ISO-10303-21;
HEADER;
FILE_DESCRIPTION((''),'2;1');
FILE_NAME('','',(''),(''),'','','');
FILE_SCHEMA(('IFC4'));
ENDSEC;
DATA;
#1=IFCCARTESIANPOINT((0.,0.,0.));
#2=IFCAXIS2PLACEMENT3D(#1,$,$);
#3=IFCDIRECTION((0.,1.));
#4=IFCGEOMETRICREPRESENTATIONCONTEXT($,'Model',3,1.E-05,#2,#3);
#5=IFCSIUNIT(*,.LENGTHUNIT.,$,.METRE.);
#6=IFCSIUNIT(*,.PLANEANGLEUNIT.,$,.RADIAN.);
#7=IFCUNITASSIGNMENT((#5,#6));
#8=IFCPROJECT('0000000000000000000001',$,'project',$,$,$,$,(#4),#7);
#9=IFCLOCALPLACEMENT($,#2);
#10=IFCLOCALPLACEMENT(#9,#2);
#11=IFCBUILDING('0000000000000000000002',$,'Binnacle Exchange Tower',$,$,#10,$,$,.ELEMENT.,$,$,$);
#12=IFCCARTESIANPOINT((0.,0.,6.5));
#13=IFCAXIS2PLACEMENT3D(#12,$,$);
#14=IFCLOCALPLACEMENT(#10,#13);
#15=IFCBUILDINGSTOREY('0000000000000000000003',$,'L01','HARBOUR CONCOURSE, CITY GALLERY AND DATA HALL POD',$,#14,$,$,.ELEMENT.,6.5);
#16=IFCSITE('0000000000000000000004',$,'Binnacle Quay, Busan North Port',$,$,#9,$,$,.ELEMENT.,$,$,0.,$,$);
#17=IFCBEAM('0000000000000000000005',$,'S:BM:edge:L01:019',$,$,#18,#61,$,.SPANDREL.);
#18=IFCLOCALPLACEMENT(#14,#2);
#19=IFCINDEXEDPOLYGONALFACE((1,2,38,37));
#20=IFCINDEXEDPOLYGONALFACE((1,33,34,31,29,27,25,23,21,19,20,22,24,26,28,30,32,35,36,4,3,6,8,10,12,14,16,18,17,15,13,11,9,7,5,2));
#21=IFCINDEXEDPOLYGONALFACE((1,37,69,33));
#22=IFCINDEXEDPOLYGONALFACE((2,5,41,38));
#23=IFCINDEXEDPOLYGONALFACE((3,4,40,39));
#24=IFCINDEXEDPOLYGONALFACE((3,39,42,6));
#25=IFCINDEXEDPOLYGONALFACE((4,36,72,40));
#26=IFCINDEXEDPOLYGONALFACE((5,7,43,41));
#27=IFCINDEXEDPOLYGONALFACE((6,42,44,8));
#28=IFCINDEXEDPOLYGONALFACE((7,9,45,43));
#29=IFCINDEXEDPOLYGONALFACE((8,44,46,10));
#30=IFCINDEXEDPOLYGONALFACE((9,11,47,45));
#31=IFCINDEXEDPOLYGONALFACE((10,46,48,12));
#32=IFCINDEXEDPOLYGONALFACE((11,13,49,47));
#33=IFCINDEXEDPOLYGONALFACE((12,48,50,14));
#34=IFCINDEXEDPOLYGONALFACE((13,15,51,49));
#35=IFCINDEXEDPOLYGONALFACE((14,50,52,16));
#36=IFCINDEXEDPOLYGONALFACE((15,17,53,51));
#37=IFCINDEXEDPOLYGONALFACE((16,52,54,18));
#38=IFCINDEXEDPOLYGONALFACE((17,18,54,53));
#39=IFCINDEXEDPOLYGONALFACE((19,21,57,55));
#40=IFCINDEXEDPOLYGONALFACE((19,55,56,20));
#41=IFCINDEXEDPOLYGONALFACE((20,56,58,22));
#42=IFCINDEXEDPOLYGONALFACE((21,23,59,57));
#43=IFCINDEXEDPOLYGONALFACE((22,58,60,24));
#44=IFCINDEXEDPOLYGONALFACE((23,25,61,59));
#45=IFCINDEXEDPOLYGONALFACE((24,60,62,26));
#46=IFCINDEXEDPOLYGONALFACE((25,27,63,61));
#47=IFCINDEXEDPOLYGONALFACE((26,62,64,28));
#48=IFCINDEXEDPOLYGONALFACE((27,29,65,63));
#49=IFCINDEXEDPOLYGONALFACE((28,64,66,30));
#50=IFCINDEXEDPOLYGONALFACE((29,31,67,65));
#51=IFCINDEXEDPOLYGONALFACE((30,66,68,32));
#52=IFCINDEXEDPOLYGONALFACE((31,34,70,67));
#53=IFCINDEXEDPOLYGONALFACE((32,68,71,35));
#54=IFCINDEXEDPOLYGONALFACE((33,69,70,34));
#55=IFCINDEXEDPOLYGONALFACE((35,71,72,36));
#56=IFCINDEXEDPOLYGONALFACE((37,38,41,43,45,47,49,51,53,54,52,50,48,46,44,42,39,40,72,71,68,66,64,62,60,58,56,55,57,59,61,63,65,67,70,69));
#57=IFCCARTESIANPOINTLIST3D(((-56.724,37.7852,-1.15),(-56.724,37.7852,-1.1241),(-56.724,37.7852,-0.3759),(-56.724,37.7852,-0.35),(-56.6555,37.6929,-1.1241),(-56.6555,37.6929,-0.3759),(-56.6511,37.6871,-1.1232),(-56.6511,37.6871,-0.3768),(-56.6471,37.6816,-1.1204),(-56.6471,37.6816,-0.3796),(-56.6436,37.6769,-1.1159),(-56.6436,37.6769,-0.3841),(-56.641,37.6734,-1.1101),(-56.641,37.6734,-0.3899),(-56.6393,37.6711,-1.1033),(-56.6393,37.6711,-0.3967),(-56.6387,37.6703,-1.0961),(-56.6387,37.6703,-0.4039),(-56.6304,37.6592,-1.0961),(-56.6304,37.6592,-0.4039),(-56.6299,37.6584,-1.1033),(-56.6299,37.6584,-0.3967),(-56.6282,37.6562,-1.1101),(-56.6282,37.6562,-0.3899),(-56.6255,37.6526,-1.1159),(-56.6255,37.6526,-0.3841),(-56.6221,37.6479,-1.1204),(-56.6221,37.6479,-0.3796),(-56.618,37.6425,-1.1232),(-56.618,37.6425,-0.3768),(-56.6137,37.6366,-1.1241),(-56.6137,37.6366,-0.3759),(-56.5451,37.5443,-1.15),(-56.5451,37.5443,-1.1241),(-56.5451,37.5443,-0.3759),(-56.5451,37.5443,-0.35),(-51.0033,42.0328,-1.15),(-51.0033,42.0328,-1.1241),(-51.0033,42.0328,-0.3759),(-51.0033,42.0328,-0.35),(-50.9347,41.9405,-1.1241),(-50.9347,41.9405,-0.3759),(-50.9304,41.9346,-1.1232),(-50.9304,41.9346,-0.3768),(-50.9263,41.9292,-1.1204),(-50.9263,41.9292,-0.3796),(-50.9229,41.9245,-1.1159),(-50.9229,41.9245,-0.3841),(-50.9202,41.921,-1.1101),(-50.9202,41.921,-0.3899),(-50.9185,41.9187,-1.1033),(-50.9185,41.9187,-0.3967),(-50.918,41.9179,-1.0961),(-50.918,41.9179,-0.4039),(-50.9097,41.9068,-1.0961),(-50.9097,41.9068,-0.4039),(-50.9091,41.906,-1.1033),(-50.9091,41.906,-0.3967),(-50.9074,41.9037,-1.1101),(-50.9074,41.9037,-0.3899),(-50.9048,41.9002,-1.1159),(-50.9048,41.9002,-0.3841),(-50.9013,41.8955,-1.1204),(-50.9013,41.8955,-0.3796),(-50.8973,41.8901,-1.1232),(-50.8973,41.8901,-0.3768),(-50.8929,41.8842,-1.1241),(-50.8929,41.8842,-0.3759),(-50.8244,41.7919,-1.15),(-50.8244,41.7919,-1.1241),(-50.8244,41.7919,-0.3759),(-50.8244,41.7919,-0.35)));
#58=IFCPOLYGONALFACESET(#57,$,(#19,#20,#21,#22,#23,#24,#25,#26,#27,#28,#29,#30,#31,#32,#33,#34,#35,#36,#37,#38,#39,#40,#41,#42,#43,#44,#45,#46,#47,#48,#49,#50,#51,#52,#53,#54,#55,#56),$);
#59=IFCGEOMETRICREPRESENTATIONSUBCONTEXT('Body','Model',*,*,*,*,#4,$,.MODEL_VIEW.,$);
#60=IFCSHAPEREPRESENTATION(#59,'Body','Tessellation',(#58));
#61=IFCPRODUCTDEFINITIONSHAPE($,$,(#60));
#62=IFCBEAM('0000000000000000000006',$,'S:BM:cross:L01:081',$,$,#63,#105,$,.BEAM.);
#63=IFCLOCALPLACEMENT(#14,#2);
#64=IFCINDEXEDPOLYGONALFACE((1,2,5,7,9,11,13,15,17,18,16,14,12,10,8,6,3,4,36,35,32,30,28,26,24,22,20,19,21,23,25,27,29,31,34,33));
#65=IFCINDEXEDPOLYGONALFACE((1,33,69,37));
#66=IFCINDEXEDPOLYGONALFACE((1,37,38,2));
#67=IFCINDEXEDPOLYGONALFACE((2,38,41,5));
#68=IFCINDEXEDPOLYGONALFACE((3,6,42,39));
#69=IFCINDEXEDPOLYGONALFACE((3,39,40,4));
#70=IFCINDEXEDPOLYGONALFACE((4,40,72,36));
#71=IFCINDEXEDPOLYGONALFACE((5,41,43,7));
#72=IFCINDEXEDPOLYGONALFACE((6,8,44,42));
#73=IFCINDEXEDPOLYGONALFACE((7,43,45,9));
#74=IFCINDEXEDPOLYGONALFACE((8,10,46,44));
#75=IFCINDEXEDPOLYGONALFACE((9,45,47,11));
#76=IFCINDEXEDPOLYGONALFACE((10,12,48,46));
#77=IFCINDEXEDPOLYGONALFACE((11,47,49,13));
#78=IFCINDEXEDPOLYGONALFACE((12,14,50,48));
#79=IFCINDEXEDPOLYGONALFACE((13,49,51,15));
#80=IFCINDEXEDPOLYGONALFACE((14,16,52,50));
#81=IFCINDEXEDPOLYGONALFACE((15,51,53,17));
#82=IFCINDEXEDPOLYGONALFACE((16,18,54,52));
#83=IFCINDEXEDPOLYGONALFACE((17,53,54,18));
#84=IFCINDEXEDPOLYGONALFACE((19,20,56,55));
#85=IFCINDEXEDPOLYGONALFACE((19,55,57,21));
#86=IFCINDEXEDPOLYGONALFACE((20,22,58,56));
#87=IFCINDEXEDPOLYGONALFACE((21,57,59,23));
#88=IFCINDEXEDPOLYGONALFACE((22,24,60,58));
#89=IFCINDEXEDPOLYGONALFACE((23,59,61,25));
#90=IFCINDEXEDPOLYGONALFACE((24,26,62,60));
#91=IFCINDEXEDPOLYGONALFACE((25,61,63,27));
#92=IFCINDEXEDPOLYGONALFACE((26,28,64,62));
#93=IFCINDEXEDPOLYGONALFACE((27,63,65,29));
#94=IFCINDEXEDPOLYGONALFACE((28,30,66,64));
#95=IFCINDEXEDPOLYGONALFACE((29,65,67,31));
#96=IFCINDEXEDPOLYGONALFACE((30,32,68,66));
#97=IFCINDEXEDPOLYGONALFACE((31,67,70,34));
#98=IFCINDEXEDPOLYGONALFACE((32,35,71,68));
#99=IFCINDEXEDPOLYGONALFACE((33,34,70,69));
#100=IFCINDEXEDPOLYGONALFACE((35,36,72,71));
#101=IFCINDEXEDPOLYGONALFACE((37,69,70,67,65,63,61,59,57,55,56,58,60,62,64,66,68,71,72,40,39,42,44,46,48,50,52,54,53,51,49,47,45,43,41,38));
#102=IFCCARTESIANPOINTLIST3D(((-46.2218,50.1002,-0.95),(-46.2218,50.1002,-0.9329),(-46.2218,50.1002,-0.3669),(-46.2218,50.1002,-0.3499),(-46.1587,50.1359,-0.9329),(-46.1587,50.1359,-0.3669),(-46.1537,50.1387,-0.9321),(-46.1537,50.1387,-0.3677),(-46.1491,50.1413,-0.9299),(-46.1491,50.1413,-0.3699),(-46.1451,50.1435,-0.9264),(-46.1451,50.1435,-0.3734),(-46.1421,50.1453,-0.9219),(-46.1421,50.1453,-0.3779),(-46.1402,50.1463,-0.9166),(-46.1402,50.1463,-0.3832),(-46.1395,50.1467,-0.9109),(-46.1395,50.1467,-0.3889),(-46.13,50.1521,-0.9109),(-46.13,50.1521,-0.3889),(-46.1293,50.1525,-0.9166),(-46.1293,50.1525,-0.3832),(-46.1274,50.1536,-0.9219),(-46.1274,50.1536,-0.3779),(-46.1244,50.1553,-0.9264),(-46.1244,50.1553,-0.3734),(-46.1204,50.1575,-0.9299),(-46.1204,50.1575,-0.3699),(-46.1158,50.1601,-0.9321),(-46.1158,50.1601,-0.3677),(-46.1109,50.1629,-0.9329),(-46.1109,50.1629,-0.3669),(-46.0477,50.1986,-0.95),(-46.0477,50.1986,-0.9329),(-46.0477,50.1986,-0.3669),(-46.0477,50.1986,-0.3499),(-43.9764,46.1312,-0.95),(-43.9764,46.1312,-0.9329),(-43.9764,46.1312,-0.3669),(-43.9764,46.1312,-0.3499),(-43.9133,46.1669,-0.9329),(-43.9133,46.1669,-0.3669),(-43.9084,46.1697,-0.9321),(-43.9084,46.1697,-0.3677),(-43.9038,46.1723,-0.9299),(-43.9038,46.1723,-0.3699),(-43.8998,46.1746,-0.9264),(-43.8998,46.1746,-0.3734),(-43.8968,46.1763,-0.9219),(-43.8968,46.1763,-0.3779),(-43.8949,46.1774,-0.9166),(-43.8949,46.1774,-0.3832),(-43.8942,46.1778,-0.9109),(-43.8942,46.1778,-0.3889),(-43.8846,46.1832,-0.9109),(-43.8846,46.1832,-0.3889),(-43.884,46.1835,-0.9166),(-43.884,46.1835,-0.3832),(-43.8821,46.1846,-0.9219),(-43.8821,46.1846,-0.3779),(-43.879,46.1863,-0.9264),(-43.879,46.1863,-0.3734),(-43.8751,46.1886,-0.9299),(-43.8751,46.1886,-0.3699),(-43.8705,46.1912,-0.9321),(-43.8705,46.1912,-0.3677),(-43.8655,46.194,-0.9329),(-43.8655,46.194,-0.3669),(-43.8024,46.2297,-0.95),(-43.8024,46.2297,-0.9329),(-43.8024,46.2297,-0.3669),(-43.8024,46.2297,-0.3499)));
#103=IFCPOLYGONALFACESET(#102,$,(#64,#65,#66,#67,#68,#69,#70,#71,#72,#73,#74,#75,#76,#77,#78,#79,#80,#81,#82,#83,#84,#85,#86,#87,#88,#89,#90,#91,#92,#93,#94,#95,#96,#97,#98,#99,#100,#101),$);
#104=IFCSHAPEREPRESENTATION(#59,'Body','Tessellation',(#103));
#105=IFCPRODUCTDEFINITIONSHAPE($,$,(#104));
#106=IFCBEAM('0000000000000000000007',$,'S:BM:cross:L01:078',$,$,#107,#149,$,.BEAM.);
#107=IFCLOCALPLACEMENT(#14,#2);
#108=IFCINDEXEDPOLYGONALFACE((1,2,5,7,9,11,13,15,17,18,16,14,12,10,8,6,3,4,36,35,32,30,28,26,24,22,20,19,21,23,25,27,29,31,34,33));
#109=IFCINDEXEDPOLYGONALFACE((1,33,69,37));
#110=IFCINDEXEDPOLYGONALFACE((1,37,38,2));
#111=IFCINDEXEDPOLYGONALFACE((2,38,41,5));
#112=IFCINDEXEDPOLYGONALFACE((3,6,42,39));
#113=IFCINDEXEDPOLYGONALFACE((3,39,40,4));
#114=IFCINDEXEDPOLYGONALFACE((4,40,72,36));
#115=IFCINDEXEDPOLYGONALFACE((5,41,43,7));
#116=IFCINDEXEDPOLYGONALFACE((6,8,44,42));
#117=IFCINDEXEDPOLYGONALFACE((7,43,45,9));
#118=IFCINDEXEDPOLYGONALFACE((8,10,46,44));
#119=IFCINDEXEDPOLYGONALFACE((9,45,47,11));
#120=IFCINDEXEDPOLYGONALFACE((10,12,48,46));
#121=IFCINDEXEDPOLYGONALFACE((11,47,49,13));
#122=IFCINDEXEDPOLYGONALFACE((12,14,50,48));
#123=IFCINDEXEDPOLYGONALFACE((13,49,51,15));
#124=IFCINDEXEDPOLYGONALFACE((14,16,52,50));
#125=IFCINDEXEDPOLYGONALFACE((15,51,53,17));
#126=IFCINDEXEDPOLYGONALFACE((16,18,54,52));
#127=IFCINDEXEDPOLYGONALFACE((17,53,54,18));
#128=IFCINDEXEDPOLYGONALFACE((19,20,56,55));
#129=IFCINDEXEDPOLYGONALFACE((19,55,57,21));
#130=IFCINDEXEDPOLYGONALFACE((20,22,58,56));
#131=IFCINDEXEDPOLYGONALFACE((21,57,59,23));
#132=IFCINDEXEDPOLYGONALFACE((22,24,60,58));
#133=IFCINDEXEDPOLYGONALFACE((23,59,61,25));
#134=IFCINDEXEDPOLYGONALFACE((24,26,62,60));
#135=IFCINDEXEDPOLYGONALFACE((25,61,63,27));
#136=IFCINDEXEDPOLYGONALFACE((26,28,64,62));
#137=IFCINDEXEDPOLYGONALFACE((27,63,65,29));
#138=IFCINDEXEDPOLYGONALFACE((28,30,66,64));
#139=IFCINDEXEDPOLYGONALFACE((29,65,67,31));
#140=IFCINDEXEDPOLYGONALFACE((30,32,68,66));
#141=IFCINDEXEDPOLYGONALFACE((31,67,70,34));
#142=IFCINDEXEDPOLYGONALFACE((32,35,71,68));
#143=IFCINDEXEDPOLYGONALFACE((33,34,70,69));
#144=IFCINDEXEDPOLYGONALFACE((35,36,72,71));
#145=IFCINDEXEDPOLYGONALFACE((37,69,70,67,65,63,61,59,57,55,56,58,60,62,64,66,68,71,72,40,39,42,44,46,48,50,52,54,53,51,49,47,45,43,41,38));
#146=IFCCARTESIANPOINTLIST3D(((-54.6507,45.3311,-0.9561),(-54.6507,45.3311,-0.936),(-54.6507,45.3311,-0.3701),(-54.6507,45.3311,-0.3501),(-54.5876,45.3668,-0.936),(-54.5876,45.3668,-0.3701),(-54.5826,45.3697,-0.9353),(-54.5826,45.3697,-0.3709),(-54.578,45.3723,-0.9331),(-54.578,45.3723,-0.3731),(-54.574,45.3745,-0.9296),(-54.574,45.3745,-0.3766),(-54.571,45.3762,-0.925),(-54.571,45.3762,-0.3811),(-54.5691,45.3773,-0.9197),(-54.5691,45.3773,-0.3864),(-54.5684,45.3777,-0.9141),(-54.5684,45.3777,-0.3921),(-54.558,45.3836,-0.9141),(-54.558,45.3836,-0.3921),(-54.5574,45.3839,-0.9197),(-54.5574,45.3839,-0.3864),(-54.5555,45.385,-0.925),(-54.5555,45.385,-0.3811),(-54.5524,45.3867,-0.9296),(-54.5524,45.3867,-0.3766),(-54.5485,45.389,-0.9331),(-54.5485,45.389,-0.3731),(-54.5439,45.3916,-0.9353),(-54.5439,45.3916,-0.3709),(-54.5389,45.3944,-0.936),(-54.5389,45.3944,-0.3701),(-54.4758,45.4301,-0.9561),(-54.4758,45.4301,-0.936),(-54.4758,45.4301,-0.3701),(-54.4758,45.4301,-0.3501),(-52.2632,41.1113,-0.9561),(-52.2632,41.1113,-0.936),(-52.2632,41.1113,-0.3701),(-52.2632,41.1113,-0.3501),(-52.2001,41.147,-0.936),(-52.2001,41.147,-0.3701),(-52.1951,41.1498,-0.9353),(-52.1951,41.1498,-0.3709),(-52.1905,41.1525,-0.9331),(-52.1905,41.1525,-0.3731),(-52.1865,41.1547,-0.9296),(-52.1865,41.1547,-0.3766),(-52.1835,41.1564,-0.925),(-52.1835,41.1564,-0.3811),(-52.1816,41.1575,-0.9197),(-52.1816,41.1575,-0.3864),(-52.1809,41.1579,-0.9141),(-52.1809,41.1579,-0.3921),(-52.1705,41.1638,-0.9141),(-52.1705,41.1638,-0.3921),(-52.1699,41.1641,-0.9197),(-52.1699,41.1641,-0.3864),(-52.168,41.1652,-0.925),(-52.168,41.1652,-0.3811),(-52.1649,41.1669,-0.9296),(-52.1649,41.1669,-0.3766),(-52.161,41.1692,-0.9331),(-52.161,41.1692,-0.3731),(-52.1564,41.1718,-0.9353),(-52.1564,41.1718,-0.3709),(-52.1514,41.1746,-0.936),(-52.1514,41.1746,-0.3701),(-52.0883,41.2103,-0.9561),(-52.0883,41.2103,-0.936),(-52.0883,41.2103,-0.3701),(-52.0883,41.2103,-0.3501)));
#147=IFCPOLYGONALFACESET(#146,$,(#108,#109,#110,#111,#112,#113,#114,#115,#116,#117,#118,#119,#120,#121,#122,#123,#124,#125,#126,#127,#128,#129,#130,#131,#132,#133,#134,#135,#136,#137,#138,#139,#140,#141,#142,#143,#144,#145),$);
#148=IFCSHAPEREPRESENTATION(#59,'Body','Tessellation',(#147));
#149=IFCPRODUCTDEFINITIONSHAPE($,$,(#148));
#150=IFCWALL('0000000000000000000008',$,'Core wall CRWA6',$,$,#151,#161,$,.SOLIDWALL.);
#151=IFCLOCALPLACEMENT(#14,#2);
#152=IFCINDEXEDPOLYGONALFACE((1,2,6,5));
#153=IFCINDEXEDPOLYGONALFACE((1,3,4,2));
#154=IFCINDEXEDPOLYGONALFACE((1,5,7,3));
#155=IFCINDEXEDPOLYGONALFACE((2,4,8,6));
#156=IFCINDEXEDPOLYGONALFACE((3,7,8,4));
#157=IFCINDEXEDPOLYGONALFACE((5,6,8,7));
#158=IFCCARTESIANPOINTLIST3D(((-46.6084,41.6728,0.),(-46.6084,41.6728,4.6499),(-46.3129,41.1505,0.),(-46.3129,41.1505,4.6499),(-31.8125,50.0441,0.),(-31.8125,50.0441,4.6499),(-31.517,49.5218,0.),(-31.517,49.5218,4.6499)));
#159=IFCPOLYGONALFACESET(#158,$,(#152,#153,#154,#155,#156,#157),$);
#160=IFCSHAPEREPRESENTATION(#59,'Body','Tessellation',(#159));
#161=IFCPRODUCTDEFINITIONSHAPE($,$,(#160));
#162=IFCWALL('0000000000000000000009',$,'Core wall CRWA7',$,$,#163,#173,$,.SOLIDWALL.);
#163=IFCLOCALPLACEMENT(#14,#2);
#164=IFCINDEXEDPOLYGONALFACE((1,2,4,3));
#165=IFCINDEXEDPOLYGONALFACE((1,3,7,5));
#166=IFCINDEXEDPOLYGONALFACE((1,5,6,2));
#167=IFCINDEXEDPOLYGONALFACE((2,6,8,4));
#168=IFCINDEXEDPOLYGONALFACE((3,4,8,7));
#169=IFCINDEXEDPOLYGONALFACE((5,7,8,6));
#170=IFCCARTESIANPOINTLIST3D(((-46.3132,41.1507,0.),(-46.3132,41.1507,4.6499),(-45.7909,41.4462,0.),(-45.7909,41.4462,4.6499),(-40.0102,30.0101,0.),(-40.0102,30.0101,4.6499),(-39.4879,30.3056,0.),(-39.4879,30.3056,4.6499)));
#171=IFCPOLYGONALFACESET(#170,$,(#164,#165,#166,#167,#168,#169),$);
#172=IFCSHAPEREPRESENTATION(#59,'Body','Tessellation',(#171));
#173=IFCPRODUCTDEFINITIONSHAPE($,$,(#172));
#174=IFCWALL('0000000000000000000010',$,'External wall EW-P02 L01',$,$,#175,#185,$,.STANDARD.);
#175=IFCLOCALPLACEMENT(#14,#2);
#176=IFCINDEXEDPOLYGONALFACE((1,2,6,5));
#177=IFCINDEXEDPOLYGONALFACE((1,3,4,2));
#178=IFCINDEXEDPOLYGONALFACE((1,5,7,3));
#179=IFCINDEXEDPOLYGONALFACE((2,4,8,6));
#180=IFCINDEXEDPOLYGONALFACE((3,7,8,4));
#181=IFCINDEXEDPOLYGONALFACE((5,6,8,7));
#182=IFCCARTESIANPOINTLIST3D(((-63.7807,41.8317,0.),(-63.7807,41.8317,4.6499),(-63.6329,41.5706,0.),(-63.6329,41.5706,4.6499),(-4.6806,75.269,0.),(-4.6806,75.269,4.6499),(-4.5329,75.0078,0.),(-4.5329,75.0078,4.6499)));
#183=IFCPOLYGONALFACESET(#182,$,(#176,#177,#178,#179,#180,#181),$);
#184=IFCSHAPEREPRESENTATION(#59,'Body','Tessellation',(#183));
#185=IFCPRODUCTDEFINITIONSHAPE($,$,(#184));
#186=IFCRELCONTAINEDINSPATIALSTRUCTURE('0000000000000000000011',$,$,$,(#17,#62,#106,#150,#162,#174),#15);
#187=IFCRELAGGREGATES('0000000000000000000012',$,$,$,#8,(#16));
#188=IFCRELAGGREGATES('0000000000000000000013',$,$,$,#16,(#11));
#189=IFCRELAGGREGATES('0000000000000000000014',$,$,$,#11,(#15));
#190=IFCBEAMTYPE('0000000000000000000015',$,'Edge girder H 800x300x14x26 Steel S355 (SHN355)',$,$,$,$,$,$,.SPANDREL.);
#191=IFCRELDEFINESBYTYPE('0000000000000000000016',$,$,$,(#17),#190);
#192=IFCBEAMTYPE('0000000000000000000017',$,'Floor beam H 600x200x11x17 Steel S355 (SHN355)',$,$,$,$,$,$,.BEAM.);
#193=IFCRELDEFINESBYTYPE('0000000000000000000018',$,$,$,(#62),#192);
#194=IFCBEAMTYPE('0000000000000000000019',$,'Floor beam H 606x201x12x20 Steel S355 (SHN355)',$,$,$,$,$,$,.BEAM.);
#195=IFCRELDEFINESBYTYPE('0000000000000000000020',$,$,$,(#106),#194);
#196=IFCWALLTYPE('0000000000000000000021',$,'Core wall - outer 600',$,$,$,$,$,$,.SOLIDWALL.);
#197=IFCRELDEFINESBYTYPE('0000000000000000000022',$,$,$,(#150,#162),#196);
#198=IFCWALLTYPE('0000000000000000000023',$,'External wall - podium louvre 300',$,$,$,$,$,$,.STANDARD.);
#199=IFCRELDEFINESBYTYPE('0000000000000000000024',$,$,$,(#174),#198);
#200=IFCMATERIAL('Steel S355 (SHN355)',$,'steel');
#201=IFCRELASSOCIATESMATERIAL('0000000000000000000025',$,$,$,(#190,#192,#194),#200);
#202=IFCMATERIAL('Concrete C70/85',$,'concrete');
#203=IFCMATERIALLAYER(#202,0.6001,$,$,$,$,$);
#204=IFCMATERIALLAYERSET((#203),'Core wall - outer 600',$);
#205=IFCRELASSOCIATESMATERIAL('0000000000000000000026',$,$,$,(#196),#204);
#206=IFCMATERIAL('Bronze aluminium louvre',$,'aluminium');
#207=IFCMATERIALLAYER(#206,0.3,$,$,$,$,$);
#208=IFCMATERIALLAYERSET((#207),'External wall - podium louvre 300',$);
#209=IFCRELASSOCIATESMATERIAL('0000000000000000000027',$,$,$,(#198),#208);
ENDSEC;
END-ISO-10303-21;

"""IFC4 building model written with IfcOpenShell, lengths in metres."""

from ifc_helpers import new_model, si_unit, direction, frame, frame_2d, origin, origin_2d, place, context, subcontext, project, spatial, rectangle, i_section, extrude, material, layer, layer_set, material_profile, profile_set, type_object, element, save


model = new_model("IFC4")

# Units and contexts
model_context = context("Model", 3, precision=1e-05, world=origin(), true_north=direction((0.0, 1.0)))
body_context = subcontext(model_context, "Body", "Model", "MODEL_VIEW")
ifc_project = project(units=[si_unit("LENGTHUNIT", "METRE"), si_unit("PLANEANGLEUNIT", "RADIAN")], contexts=[model_context])

# Site, building, storey
site_placement = place(None, origin())
site = spatial("IfcSite", under=ifc_project, at=site_placement, Name="Binnacle Quay, Busan North Port", CompositionType="ELEMENT", RefElevation=0.0)
building_placement = place(site_placement, origin())
building = spatial("IfcBuilding", under=site, at=building_placement, Name="Binnacle Exchange Tower", CompositionType="ELEMENT")
storey_placement = place(building_placement, frame((0.0, 0.0, 6.5)))
storey = spatial("IfcBuildingStorey", under=building, at=storey_placement, Name="L01", Description="HARBOUR CONCOURSE, CITY GALLERY AND DATA HALL POD", CompositionType="ELEMENT", Elevation=6.5)

# Shared definitions
ifc_material_1 = material(Name="Concrete C70/85", Category="concrete")

# Beams
ifc_material_2 = material(Name="Steel S355 (SHN355)", Category="steel")
ifc_material_profile_1 = material_profile(ifc_material_2, i_section(OverallWidth=0.3, OverallDepth=0.8, WebThickness=0.0139, FlangeThickness=0.0259, FilletRadius=0.0281, at=origin_2d()), Name="H 800x300x14x26")
ifc_profile_set_1 = profile_set([ifc_material_profile_1], Name="Steel S355 (SHN355)")
beam_type_1 = type_object("IfcBeamType", Name="Edge girder H 800x300x14x26 Steel S355 (SHN355)", PredefinedType="SPANDREL", material=ifc_profile_set_1)
beam_1_placement = place(storey_placement, frame((-50.9138, 41.9124, -0.75), z_axis=(-0.802885, -0.596133, 0.0), x_axis=(0.596133, -0.802885, 0.0)))
element("IfcBeam", 1, at=beam_1_placement, inside=storey, type_object=beam_type_1, Name="S:BM:edge:L01:019", PredefinedType="SPANDREL", context=body_context, shape_type="SweptSolid", body=[
    extrude(i_section(OverallWidth=0.3, OverallDepth=0.8, WebThickness=0.0139, FlangeThickness=0.0259, FilletRadius=0.0281, at=origin_2d()), origin(), (0.0, 0.0, 1.0), 7.1252),
])
ifc_material_profile_2 = material_profile(ifc_material_2, i_section(OverallWidth=0.2, OverallDepth=0.6001, WebThickness=0.011, FlangeThickness=0.0171, FilletRadius=0.022, at=origin_2d()), Name="H 600x200x11x17")
ifc_profile_set_2 = profile_set([ifc_material_profile_2], Name="Steel S355 (SHN355)")
beam_type_2 = type_object("IfcBeamType", Name="Floor beam H 600x200x11x17 Steel S355 (SHN355)", PredefinedType="BEAM", material=ifc_profile_set_2)
beam_2_placement = place(storey_placement, frame((-46.1348, 50.1494, -0.6499), z_axis=(0.492392, -0.870373, 0.0), x_axis=(0.870373, 0.492392, 0.0)))
element("IfcBeam", 2, at=beam_2_placement, inside=storey, type_object=beam_type_2, Name="S:BM:cross:L01:081", PredefinedType="BEAM", context=body_context, shape_type="SweptSolid", body=[
    extrude(i_section(OverallWidth=0.2, OverallDepth=0.6001, WebThickness=0.011, FlangeThickness=0.0171, FilletRadius=0.022, at=origin_2d()), origin(), (0.0, 0.0, 1.0), 4.5601),
])
ifc_material_profile_3 = material_profile(ifc_material_2, i_section(OverallWidth=0.2009, OverallDepth=0.606, WebThickness=0.012, FlangeThickness=0.02, FilletRadius=0.022, at=origin_2d()), Name="H 606x201x12x20")
ifc_profile_set_3 = profile_set([ifc_material_profile_3], Name="Steel S355 (SHN355)")
beam_type_3 = type_object("IfcBeamType", Name="Floor beam H 606x201x12x20 Steel S355 (SHN355)", PredefinedType="BEAM", material=ifc_profile_set_3)
beam_3_placement = place(storey_placement, frame((-54.5632, 45.3806, -0.6531), z_axis=(0.492431, -0.870352, 0.0), x_axis=(0.870352, 0.492431, 0.0)))
element("IfcBeam", 3, at=beam_3_placement, inside=storey, type_object=beam_type_3, Name="S:BM:cross:L01:078", PredefinedType="BEAM", context=body_context, shape_type="SweptSolid", body=[
    extrude(i_section(OverallWidth=0.2009, OverallDepth=0.606, WebThickness=0.012, FlangeThickness=0.02, FilletRadius=0.022, at=origin_2d()), origin(), (0.0, 0.0, 1.0), 4.8484),
])

# Walls
ifc_layer_1 = layer(ifc_material_1, 0.6001)
ifc_layer_set_1 = layer_set([ifc_layer_1], Name="Core wall - outer 600")
wall_type_1 = type_object("IfcWallType", Name="Core wall - outer 600", PredefinedType="SOLIDWALL", material=ifc_layer_set_1)
wall_1_placement = place(storey_placement, frame((-46.4607, 41.4116, 0.0), z_axis=(0.0, 0.0, 1.0), x_axis=(0.87035, 0.492433, 0.0)))
element("IfcWall", 4, at=wall_1_placement, inside=storey, type_object=wall_type_1, Name="Core wall CRWA6", PredefinedType="SOLIDWALL", context=body_context, shape_type="SweptSolid", body=[
    extrude(rectangle(XDim=17.0, YDim=0.6001, at=frame_2d((8.5, 0.0))), origin(), (0.0, 0.0, 1.0), 4.6499),
])
wall_2_placement = place(storey_placement, frame((-46.052, 41.2983, 0.0), z_axis=(0.0, 0.0, 1.0), x_axis=(0.492419, -0.870359, 0.0)))
element("IfcWall", 5, at=wall_2_placement, inside=storey, type_object=wall_type_1, Name="Core wall CRWA7", PredefinedType="SOLIDWALL", context=body_context, shape_type="SweptSolid", body=[
    extrude(rectangle(XDim=12.8, YDim=0.6001, at=frame_2d((6.3999, 0.0))), origin(), (0.0, 0.0, 1.0), 4.6499),
])
ifc_material_3 = material(Name="Bronze aluminium louvre", Category="aluminium")
ifc_layer_2 = layer(ifc_material_3, 0.3)
ifc_layer_set_2 = layer_set([ifc_layer_2], Name="External wall - podium louvre 300")
wall_type_2 = type_object("IfcWallType", Name="External wall - podium louvre 300", PredefinedType="STANDARD", material=ifc_layer_set_2)
wall_3_placement = place(storey_placement, frame((-63.7068, 41.7012, 0.0), z_axis=(0.0, 0.0, 1.0), x_axis=(0.870356, 0.492424, 0.0)))
element("IfcWall", 6, at=wall_3_placement, inside=storey, type_object=wall_type_2, Name="External wall EW-P02 L01", PredefinedType="STANDARD", context=body_context, shape_type="SweptSolid", body=[
    extrude(rectangle(XDim=67.9033, YDim=0.3, at=frame_2d((33.9517, 0.0))), origin(), (0.0, 0.0, 1.0), 4.6499),
])

save(model, "model.ifc")
